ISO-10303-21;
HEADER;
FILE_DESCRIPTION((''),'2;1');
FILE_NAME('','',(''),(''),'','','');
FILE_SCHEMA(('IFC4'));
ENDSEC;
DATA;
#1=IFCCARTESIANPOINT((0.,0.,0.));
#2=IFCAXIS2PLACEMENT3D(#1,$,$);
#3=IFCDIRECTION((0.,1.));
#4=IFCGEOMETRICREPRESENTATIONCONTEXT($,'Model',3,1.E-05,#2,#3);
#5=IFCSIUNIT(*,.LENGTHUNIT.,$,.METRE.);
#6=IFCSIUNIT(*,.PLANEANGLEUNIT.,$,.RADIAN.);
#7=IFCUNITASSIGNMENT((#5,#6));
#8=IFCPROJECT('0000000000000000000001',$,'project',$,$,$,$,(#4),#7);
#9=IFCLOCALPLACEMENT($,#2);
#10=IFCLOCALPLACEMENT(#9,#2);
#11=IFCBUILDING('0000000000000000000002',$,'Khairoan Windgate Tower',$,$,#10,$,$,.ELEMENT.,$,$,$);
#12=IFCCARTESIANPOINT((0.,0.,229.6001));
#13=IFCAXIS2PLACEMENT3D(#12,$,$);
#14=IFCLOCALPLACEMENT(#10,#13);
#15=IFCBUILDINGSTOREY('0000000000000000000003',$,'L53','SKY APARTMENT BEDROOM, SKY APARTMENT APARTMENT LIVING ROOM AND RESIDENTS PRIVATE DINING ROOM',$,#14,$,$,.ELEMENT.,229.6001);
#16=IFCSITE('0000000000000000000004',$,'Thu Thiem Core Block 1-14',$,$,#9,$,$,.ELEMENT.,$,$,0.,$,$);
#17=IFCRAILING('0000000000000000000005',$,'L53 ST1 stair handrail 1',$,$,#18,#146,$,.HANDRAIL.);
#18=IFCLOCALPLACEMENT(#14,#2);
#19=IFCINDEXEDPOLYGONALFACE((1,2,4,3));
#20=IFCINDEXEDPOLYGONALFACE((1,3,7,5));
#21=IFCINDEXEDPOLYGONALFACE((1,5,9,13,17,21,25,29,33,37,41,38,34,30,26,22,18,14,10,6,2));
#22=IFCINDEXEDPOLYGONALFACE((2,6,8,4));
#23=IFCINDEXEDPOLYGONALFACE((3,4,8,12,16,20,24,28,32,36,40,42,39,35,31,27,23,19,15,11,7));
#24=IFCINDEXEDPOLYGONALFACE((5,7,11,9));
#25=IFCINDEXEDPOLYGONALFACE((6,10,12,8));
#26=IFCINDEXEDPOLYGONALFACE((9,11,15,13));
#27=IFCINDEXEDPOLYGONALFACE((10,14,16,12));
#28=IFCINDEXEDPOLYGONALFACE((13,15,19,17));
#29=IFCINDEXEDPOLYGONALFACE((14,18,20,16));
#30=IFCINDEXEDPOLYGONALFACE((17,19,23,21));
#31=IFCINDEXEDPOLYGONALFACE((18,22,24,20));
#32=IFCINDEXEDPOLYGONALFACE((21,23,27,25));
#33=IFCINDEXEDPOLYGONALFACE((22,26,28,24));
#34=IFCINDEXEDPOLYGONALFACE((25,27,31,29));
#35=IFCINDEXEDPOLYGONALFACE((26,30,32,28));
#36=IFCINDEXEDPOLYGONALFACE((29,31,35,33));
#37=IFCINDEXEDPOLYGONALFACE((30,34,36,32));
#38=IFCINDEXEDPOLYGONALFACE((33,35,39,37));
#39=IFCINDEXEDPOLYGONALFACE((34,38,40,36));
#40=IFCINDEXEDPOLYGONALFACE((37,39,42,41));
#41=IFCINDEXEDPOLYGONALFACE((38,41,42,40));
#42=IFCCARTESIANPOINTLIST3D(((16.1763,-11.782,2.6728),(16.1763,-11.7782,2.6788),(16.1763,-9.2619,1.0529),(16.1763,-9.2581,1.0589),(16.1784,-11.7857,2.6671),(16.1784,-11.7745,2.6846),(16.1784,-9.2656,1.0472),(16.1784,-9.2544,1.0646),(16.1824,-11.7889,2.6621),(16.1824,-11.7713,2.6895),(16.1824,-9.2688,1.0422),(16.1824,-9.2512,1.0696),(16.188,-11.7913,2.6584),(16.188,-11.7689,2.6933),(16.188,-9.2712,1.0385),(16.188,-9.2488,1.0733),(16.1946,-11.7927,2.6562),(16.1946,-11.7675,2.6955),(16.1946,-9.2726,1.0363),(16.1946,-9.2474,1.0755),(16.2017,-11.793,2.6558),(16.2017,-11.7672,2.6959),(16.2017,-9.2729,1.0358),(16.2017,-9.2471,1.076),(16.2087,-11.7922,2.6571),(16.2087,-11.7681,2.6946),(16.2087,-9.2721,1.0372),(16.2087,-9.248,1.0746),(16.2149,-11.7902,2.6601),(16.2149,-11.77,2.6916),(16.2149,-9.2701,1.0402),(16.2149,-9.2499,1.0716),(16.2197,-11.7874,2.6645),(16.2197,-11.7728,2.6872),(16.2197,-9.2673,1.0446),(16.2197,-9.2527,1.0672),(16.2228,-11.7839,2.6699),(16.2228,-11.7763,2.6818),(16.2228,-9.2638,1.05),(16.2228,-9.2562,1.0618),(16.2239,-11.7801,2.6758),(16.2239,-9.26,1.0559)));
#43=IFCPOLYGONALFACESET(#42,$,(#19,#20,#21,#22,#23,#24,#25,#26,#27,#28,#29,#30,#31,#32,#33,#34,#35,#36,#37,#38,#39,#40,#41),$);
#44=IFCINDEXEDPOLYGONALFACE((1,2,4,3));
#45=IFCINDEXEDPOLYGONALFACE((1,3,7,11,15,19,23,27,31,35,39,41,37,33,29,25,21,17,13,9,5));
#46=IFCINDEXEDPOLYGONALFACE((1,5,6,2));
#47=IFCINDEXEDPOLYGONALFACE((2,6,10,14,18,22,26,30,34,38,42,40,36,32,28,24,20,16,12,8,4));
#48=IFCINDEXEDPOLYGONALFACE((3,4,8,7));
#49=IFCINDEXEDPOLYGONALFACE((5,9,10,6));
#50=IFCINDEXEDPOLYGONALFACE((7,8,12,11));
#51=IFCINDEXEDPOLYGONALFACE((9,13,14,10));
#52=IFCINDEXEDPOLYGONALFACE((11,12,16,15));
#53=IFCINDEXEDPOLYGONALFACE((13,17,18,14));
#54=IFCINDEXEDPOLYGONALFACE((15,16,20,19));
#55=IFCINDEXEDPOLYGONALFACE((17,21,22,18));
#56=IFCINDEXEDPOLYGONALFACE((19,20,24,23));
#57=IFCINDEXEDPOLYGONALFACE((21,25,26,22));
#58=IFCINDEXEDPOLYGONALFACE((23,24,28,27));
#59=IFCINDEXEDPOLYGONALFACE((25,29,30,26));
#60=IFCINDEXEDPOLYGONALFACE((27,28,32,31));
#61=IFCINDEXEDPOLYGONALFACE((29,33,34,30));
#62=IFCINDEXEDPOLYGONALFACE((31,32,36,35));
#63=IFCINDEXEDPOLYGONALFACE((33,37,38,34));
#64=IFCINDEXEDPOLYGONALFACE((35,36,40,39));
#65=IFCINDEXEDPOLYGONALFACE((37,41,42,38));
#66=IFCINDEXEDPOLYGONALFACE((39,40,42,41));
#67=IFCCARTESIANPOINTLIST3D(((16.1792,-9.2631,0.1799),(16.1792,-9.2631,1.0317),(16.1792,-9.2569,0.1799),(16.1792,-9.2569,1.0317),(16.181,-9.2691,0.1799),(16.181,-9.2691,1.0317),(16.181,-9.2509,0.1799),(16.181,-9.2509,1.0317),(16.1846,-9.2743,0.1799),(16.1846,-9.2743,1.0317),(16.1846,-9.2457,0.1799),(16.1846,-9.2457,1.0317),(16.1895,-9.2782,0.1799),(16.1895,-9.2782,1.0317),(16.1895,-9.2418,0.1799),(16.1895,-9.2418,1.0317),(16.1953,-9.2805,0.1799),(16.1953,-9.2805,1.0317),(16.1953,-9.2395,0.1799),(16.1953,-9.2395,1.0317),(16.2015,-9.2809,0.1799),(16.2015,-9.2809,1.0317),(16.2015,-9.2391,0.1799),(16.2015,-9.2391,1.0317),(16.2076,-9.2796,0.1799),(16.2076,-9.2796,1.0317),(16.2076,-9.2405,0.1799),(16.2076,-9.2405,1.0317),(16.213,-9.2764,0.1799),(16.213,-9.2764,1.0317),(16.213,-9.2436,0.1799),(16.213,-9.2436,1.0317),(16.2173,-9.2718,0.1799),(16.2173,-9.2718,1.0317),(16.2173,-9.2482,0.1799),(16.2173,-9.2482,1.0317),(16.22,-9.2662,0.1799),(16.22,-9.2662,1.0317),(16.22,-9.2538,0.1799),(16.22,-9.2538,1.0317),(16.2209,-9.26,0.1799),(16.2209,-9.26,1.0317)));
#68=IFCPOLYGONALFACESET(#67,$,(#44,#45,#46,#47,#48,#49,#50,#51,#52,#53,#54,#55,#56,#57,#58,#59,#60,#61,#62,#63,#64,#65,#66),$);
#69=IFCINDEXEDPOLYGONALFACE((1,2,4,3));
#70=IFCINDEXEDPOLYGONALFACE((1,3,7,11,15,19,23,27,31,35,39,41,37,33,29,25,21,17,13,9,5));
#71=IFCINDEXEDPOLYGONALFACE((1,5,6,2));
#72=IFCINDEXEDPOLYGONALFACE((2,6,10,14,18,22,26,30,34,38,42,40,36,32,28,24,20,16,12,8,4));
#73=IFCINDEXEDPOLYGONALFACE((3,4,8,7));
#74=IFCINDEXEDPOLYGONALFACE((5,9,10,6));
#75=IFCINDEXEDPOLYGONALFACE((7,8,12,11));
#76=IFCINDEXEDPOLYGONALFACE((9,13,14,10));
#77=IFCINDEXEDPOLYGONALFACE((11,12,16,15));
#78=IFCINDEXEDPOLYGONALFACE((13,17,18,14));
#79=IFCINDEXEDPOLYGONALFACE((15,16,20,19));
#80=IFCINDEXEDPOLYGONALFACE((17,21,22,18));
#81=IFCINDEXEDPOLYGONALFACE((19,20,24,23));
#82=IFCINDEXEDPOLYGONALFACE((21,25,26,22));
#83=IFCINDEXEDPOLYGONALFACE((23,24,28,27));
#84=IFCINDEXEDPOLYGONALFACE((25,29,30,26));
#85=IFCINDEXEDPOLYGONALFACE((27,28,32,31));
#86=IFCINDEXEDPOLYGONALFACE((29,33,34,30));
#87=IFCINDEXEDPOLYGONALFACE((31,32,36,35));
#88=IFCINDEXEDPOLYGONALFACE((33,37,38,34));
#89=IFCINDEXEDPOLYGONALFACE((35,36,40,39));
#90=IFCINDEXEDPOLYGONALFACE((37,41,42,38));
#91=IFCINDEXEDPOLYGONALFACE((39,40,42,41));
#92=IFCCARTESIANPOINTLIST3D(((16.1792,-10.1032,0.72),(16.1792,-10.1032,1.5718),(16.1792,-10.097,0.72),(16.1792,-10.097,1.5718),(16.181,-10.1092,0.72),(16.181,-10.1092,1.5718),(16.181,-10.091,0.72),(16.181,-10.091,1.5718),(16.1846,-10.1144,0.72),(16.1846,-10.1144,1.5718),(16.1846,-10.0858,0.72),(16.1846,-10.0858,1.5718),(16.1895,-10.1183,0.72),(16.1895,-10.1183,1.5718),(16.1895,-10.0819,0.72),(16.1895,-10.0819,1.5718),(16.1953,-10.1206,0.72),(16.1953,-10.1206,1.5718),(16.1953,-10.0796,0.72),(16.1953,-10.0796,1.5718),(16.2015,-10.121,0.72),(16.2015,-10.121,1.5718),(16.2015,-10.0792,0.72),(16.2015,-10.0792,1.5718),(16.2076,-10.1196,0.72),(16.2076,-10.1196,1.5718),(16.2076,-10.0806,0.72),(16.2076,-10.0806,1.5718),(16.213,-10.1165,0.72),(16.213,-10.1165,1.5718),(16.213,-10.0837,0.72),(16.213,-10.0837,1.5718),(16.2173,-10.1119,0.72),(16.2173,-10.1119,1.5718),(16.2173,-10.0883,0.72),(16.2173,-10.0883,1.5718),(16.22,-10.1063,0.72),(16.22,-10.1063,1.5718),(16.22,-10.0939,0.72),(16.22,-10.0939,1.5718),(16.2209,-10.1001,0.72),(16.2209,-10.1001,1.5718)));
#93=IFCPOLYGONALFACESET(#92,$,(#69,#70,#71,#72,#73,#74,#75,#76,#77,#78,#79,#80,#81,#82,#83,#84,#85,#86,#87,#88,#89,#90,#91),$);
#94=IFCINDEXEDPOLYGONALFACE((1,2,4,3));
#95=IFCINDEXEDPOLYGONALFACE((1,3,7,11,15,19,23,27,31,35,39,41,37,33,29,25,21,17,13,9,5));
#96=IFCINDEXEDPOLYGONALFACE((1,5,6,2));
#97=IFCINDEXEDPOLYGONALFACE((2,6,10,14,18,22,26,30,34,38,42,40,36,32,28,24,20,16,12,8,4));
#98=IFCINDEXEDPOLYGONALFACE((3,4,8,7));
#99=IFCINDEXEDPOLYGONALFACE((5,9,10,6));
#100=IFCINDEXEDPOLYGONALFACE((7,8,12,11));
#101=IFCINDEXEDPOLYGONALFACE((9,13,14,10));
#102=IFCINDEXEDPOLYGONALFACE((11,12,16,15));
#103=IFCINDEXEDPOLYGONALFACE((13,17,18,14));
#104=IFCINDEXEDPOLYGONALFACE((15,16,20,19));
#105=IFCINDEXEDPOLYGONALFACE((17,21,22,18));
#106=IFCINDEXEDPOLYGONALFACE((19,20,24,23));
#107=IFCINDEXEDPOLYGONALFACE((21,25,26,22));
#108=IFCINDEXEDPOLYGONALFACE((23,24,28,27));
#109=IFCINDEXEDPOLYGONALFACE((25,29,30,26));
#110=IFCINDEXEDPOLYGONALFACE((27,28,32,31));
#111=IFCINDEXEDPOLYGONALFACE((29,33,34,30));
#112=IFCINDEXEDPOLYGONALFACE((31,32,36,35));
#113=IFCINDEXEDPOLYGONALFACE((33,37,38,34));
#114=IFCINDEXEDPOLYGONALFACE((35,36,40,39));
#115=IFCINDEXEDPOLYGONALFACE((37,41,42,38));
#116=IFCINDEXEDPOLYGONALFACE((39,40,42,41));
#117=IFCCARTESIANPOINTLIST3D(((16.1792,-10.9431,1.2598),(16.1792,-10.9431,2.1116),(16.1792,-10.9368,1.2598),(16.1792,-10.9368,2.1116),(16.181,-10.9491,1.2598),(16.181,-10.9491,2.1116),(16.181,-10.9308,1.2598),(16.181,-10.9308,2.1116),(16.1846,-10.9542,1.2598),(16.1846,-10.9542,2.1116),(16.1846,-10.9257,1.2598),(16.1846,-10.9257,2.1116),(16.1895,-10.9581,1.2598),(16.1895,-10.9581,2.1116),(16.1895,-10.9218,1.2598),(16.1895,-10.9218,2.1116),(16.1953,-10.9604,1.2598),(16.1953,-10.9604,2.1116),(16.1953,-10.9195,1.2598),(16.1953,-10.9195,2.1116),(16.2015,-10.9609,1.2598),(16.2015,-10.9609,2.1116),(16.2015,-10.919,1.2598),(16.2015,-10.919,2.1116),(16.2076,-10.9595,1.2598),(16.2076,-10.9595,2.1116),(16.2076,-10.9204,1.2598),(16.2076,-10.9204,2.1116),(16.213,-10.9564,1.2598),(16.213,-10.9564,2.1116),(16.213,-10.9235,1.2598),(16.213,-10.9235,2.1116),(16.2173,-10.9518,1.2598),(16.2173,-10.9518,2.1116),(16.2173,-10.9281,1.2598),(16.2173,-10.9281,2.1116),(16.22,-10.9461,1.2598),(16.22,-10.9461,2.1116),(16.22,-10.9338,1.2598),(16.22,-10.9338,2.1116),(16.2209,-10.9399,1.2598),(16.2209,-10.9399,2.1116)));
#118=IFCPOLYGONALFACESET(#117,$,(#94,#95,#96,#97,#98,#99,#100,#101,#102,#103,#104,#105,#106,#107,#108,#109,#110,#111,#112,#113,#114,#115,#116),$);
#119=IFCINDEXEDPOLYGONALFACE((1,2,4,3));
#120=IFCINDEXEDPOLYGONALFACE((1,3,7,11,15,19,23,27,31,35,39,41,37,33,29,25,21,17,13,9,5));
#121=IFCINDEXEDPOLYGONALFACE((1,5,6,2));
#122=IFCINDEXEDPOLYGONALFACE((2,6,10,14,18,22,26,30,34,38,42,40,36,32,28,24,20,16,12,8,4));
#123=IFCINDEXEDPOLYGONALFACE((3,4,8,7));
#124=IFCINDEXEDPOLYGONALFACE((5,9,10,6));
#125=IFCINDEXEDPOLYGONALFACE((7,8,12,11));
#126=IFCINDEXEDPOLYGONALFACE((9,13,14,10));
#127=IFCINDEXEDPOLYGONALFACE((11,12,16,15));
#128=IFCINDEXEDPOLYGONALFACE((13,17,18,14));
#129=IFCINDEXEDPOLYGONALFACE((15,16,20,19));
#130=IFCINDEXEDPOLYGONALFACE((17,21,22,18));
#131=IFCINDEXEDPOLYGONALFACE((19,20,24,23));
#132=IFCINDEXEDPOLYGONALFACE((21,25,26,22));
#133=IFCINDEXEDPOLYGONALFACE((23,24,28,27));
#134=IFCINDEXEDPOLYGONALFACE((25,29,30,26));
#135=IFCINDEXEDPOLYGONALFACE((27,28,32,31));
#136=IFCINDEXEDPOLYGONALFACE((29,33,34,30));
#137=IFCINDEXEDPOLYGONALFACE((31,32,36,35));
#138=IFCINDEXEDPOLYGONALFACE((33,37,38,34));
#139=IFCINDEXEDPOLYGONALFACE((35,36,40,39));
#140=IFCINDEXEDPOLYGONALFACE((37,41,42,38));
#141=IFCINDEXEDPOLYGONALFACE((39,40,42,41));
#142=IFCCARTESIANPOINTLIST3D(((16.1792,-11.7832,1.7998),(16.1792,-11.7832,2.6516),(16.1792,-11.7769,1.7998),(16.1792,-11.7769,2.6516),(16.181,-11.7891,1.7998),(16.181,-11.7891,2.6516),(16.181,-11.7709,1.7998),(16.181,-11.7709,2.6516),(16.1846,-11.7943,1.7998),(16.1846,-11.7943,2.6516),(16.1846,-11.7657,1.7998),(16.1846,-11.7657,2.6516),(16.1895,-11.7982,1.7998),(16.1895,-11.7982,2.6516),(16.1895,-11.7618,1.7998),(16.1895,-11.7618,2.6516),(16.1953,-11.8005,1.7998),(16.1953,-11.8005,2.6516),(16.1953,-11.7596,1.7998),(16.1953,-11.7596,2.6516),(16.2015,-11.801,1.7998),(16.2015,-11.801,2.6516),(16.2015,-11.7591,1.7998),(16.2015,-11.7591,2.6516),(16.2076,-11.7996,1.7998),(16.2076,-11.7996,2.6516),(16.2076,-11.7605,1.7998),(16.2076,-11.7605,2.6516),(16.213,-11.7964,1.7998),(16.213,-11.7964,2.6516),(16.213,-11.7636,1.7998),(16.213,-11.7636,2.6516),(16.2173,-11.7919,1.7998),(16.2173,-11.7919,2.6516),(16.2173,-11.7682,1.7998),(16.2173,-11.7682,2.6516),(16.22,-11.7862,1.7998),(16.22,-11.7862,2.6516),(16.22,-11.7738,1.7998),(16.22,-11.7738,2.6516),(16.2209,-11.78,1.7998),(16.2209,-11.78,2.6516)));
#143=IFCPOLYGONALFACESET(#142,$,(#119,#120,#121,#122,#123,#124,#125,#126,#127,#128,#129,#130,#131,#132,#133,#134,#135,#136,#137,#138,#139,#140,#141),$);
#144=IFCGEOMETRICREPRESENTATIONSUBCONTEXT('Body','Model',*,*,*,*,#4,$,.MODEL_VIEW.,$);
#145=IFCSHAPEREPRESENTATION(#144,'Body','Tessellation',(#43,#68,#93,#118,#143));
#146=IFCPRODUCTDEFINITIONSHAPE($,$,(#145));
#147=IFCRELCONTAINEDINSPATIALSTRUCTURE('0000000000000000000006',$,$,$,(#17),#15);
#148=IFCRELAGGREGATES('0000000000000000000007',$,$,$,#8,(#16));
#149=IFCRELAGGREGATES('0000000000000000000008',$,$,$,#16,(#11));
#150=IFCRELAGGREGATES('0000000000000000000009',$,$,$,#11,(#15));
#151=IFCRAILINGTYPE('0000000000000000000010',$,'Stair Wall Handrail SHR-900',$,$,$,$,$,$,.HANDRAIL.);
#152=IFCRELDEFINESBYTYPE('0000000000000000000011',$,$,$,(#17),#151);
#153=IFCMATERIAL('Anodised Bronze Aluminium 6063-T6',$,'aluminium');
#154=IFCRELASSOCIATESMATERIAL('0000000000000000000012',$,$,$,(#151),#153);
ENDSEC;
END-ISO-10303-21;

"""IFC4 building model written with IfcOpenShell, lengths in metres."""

from ifc_helpers import new_model, si_unit, direction, frame, origin, origin_2d, place, context, subcontext, project, spatial, circle, extrude, material, type_object, element, save


model = new_model("IFC4")

# Units and contexts
model_context = context("Model", 3, precision=1e-05, world=origin(), true_north=direction((0.0, 1.0)))
body_context = subcontext(model_context, "Body", "Model", "MODEL_VIEW")
ifc_project = project(units=[si_unit("LENGTHUNIT", "METRE"), si_unit("PLANEANGLEUNIT", "RADIAN")], contexts=[model_context])

# Site, building, storey
site_placement = place(None, origin())
site = spatial("IfcSite", under=ifc_project, at=site_placement, Name="Thu Thiem Core Block 1-14", CompositionType="ELEMENT", RefElevation=0.0)
building_placement = place(site_placement, origin())
building = spatial("IfcBuilding", under=site, at=building_placement, Name="Khairoan Windgate Tower", CompositionType="ELEMENT")
storey_placement = place(building_placement, frame((0.0, 0.0, 229.6001)))
storey = spatial("IfcBuildingStorey", under=building, at=storey_placement, Name="L53", Description="SKY APARTMENT BEDROOM, SKY APARTMENT APARTMENT LIVING ROOM AND RESIDENTS PRIVATE DINING ROOM", CompositionType="ELEMENT", Elevation=229.6001)

# Railing
ifc_material_1 = material(Name="Anodised Bronze Aluminium 6063-T6", Category="aluminium")
railing_type_1 = type_object("IfcRailingType", Name="Stair Wall Handrail SHR-900", PredefinedType="HANDRAIL", material=ifc_material_1)
railing_1_placement = place(storey_placement, frame((16.2, -9.26, 0.1799)))
element("IfcRailing", 1, at=railing_1_placement, inside=storey, type_object=railing_type_1, Name="L53 ST1 stair handrail 1", PredefinedType="HANDRAIL", context=body_context, shape_type="SweptSolid", body=[
    extrude(circle(Radius=0.0239, at=origin_2d()), frame((0.0, 0.0, 0.876), z_axis=(0.0, -0.8412, 0.540725), x_axis=(1.0, 0.0, 0.0)), (0.0, 0.0, 1.0), 2.9958),
    extrude(circle(Radius=0.021, at=origin_2d()), origin(), (0.0, 0.0, 1.0), 0.8518),
    extrude(circle(Radius=0.021, at=origin_2d()), frame((0.0, -0.8401, 0.54)), (0.0, 0.0, 1.0), 0.8518),
    extrude(circle(Radius=0.021, at=origin_2d()), frame((0.0, -1.6799, 1.0798)), (0.0, 0.0, 1.0), 0.8518),
    extrude(circle(Radius=0.021, at=origin_2d()), frame((0.0, -2.52, 1.6199)), (0.0, 0.0, 1.0), 0.8518),
])

save(model, "model.ifc")
